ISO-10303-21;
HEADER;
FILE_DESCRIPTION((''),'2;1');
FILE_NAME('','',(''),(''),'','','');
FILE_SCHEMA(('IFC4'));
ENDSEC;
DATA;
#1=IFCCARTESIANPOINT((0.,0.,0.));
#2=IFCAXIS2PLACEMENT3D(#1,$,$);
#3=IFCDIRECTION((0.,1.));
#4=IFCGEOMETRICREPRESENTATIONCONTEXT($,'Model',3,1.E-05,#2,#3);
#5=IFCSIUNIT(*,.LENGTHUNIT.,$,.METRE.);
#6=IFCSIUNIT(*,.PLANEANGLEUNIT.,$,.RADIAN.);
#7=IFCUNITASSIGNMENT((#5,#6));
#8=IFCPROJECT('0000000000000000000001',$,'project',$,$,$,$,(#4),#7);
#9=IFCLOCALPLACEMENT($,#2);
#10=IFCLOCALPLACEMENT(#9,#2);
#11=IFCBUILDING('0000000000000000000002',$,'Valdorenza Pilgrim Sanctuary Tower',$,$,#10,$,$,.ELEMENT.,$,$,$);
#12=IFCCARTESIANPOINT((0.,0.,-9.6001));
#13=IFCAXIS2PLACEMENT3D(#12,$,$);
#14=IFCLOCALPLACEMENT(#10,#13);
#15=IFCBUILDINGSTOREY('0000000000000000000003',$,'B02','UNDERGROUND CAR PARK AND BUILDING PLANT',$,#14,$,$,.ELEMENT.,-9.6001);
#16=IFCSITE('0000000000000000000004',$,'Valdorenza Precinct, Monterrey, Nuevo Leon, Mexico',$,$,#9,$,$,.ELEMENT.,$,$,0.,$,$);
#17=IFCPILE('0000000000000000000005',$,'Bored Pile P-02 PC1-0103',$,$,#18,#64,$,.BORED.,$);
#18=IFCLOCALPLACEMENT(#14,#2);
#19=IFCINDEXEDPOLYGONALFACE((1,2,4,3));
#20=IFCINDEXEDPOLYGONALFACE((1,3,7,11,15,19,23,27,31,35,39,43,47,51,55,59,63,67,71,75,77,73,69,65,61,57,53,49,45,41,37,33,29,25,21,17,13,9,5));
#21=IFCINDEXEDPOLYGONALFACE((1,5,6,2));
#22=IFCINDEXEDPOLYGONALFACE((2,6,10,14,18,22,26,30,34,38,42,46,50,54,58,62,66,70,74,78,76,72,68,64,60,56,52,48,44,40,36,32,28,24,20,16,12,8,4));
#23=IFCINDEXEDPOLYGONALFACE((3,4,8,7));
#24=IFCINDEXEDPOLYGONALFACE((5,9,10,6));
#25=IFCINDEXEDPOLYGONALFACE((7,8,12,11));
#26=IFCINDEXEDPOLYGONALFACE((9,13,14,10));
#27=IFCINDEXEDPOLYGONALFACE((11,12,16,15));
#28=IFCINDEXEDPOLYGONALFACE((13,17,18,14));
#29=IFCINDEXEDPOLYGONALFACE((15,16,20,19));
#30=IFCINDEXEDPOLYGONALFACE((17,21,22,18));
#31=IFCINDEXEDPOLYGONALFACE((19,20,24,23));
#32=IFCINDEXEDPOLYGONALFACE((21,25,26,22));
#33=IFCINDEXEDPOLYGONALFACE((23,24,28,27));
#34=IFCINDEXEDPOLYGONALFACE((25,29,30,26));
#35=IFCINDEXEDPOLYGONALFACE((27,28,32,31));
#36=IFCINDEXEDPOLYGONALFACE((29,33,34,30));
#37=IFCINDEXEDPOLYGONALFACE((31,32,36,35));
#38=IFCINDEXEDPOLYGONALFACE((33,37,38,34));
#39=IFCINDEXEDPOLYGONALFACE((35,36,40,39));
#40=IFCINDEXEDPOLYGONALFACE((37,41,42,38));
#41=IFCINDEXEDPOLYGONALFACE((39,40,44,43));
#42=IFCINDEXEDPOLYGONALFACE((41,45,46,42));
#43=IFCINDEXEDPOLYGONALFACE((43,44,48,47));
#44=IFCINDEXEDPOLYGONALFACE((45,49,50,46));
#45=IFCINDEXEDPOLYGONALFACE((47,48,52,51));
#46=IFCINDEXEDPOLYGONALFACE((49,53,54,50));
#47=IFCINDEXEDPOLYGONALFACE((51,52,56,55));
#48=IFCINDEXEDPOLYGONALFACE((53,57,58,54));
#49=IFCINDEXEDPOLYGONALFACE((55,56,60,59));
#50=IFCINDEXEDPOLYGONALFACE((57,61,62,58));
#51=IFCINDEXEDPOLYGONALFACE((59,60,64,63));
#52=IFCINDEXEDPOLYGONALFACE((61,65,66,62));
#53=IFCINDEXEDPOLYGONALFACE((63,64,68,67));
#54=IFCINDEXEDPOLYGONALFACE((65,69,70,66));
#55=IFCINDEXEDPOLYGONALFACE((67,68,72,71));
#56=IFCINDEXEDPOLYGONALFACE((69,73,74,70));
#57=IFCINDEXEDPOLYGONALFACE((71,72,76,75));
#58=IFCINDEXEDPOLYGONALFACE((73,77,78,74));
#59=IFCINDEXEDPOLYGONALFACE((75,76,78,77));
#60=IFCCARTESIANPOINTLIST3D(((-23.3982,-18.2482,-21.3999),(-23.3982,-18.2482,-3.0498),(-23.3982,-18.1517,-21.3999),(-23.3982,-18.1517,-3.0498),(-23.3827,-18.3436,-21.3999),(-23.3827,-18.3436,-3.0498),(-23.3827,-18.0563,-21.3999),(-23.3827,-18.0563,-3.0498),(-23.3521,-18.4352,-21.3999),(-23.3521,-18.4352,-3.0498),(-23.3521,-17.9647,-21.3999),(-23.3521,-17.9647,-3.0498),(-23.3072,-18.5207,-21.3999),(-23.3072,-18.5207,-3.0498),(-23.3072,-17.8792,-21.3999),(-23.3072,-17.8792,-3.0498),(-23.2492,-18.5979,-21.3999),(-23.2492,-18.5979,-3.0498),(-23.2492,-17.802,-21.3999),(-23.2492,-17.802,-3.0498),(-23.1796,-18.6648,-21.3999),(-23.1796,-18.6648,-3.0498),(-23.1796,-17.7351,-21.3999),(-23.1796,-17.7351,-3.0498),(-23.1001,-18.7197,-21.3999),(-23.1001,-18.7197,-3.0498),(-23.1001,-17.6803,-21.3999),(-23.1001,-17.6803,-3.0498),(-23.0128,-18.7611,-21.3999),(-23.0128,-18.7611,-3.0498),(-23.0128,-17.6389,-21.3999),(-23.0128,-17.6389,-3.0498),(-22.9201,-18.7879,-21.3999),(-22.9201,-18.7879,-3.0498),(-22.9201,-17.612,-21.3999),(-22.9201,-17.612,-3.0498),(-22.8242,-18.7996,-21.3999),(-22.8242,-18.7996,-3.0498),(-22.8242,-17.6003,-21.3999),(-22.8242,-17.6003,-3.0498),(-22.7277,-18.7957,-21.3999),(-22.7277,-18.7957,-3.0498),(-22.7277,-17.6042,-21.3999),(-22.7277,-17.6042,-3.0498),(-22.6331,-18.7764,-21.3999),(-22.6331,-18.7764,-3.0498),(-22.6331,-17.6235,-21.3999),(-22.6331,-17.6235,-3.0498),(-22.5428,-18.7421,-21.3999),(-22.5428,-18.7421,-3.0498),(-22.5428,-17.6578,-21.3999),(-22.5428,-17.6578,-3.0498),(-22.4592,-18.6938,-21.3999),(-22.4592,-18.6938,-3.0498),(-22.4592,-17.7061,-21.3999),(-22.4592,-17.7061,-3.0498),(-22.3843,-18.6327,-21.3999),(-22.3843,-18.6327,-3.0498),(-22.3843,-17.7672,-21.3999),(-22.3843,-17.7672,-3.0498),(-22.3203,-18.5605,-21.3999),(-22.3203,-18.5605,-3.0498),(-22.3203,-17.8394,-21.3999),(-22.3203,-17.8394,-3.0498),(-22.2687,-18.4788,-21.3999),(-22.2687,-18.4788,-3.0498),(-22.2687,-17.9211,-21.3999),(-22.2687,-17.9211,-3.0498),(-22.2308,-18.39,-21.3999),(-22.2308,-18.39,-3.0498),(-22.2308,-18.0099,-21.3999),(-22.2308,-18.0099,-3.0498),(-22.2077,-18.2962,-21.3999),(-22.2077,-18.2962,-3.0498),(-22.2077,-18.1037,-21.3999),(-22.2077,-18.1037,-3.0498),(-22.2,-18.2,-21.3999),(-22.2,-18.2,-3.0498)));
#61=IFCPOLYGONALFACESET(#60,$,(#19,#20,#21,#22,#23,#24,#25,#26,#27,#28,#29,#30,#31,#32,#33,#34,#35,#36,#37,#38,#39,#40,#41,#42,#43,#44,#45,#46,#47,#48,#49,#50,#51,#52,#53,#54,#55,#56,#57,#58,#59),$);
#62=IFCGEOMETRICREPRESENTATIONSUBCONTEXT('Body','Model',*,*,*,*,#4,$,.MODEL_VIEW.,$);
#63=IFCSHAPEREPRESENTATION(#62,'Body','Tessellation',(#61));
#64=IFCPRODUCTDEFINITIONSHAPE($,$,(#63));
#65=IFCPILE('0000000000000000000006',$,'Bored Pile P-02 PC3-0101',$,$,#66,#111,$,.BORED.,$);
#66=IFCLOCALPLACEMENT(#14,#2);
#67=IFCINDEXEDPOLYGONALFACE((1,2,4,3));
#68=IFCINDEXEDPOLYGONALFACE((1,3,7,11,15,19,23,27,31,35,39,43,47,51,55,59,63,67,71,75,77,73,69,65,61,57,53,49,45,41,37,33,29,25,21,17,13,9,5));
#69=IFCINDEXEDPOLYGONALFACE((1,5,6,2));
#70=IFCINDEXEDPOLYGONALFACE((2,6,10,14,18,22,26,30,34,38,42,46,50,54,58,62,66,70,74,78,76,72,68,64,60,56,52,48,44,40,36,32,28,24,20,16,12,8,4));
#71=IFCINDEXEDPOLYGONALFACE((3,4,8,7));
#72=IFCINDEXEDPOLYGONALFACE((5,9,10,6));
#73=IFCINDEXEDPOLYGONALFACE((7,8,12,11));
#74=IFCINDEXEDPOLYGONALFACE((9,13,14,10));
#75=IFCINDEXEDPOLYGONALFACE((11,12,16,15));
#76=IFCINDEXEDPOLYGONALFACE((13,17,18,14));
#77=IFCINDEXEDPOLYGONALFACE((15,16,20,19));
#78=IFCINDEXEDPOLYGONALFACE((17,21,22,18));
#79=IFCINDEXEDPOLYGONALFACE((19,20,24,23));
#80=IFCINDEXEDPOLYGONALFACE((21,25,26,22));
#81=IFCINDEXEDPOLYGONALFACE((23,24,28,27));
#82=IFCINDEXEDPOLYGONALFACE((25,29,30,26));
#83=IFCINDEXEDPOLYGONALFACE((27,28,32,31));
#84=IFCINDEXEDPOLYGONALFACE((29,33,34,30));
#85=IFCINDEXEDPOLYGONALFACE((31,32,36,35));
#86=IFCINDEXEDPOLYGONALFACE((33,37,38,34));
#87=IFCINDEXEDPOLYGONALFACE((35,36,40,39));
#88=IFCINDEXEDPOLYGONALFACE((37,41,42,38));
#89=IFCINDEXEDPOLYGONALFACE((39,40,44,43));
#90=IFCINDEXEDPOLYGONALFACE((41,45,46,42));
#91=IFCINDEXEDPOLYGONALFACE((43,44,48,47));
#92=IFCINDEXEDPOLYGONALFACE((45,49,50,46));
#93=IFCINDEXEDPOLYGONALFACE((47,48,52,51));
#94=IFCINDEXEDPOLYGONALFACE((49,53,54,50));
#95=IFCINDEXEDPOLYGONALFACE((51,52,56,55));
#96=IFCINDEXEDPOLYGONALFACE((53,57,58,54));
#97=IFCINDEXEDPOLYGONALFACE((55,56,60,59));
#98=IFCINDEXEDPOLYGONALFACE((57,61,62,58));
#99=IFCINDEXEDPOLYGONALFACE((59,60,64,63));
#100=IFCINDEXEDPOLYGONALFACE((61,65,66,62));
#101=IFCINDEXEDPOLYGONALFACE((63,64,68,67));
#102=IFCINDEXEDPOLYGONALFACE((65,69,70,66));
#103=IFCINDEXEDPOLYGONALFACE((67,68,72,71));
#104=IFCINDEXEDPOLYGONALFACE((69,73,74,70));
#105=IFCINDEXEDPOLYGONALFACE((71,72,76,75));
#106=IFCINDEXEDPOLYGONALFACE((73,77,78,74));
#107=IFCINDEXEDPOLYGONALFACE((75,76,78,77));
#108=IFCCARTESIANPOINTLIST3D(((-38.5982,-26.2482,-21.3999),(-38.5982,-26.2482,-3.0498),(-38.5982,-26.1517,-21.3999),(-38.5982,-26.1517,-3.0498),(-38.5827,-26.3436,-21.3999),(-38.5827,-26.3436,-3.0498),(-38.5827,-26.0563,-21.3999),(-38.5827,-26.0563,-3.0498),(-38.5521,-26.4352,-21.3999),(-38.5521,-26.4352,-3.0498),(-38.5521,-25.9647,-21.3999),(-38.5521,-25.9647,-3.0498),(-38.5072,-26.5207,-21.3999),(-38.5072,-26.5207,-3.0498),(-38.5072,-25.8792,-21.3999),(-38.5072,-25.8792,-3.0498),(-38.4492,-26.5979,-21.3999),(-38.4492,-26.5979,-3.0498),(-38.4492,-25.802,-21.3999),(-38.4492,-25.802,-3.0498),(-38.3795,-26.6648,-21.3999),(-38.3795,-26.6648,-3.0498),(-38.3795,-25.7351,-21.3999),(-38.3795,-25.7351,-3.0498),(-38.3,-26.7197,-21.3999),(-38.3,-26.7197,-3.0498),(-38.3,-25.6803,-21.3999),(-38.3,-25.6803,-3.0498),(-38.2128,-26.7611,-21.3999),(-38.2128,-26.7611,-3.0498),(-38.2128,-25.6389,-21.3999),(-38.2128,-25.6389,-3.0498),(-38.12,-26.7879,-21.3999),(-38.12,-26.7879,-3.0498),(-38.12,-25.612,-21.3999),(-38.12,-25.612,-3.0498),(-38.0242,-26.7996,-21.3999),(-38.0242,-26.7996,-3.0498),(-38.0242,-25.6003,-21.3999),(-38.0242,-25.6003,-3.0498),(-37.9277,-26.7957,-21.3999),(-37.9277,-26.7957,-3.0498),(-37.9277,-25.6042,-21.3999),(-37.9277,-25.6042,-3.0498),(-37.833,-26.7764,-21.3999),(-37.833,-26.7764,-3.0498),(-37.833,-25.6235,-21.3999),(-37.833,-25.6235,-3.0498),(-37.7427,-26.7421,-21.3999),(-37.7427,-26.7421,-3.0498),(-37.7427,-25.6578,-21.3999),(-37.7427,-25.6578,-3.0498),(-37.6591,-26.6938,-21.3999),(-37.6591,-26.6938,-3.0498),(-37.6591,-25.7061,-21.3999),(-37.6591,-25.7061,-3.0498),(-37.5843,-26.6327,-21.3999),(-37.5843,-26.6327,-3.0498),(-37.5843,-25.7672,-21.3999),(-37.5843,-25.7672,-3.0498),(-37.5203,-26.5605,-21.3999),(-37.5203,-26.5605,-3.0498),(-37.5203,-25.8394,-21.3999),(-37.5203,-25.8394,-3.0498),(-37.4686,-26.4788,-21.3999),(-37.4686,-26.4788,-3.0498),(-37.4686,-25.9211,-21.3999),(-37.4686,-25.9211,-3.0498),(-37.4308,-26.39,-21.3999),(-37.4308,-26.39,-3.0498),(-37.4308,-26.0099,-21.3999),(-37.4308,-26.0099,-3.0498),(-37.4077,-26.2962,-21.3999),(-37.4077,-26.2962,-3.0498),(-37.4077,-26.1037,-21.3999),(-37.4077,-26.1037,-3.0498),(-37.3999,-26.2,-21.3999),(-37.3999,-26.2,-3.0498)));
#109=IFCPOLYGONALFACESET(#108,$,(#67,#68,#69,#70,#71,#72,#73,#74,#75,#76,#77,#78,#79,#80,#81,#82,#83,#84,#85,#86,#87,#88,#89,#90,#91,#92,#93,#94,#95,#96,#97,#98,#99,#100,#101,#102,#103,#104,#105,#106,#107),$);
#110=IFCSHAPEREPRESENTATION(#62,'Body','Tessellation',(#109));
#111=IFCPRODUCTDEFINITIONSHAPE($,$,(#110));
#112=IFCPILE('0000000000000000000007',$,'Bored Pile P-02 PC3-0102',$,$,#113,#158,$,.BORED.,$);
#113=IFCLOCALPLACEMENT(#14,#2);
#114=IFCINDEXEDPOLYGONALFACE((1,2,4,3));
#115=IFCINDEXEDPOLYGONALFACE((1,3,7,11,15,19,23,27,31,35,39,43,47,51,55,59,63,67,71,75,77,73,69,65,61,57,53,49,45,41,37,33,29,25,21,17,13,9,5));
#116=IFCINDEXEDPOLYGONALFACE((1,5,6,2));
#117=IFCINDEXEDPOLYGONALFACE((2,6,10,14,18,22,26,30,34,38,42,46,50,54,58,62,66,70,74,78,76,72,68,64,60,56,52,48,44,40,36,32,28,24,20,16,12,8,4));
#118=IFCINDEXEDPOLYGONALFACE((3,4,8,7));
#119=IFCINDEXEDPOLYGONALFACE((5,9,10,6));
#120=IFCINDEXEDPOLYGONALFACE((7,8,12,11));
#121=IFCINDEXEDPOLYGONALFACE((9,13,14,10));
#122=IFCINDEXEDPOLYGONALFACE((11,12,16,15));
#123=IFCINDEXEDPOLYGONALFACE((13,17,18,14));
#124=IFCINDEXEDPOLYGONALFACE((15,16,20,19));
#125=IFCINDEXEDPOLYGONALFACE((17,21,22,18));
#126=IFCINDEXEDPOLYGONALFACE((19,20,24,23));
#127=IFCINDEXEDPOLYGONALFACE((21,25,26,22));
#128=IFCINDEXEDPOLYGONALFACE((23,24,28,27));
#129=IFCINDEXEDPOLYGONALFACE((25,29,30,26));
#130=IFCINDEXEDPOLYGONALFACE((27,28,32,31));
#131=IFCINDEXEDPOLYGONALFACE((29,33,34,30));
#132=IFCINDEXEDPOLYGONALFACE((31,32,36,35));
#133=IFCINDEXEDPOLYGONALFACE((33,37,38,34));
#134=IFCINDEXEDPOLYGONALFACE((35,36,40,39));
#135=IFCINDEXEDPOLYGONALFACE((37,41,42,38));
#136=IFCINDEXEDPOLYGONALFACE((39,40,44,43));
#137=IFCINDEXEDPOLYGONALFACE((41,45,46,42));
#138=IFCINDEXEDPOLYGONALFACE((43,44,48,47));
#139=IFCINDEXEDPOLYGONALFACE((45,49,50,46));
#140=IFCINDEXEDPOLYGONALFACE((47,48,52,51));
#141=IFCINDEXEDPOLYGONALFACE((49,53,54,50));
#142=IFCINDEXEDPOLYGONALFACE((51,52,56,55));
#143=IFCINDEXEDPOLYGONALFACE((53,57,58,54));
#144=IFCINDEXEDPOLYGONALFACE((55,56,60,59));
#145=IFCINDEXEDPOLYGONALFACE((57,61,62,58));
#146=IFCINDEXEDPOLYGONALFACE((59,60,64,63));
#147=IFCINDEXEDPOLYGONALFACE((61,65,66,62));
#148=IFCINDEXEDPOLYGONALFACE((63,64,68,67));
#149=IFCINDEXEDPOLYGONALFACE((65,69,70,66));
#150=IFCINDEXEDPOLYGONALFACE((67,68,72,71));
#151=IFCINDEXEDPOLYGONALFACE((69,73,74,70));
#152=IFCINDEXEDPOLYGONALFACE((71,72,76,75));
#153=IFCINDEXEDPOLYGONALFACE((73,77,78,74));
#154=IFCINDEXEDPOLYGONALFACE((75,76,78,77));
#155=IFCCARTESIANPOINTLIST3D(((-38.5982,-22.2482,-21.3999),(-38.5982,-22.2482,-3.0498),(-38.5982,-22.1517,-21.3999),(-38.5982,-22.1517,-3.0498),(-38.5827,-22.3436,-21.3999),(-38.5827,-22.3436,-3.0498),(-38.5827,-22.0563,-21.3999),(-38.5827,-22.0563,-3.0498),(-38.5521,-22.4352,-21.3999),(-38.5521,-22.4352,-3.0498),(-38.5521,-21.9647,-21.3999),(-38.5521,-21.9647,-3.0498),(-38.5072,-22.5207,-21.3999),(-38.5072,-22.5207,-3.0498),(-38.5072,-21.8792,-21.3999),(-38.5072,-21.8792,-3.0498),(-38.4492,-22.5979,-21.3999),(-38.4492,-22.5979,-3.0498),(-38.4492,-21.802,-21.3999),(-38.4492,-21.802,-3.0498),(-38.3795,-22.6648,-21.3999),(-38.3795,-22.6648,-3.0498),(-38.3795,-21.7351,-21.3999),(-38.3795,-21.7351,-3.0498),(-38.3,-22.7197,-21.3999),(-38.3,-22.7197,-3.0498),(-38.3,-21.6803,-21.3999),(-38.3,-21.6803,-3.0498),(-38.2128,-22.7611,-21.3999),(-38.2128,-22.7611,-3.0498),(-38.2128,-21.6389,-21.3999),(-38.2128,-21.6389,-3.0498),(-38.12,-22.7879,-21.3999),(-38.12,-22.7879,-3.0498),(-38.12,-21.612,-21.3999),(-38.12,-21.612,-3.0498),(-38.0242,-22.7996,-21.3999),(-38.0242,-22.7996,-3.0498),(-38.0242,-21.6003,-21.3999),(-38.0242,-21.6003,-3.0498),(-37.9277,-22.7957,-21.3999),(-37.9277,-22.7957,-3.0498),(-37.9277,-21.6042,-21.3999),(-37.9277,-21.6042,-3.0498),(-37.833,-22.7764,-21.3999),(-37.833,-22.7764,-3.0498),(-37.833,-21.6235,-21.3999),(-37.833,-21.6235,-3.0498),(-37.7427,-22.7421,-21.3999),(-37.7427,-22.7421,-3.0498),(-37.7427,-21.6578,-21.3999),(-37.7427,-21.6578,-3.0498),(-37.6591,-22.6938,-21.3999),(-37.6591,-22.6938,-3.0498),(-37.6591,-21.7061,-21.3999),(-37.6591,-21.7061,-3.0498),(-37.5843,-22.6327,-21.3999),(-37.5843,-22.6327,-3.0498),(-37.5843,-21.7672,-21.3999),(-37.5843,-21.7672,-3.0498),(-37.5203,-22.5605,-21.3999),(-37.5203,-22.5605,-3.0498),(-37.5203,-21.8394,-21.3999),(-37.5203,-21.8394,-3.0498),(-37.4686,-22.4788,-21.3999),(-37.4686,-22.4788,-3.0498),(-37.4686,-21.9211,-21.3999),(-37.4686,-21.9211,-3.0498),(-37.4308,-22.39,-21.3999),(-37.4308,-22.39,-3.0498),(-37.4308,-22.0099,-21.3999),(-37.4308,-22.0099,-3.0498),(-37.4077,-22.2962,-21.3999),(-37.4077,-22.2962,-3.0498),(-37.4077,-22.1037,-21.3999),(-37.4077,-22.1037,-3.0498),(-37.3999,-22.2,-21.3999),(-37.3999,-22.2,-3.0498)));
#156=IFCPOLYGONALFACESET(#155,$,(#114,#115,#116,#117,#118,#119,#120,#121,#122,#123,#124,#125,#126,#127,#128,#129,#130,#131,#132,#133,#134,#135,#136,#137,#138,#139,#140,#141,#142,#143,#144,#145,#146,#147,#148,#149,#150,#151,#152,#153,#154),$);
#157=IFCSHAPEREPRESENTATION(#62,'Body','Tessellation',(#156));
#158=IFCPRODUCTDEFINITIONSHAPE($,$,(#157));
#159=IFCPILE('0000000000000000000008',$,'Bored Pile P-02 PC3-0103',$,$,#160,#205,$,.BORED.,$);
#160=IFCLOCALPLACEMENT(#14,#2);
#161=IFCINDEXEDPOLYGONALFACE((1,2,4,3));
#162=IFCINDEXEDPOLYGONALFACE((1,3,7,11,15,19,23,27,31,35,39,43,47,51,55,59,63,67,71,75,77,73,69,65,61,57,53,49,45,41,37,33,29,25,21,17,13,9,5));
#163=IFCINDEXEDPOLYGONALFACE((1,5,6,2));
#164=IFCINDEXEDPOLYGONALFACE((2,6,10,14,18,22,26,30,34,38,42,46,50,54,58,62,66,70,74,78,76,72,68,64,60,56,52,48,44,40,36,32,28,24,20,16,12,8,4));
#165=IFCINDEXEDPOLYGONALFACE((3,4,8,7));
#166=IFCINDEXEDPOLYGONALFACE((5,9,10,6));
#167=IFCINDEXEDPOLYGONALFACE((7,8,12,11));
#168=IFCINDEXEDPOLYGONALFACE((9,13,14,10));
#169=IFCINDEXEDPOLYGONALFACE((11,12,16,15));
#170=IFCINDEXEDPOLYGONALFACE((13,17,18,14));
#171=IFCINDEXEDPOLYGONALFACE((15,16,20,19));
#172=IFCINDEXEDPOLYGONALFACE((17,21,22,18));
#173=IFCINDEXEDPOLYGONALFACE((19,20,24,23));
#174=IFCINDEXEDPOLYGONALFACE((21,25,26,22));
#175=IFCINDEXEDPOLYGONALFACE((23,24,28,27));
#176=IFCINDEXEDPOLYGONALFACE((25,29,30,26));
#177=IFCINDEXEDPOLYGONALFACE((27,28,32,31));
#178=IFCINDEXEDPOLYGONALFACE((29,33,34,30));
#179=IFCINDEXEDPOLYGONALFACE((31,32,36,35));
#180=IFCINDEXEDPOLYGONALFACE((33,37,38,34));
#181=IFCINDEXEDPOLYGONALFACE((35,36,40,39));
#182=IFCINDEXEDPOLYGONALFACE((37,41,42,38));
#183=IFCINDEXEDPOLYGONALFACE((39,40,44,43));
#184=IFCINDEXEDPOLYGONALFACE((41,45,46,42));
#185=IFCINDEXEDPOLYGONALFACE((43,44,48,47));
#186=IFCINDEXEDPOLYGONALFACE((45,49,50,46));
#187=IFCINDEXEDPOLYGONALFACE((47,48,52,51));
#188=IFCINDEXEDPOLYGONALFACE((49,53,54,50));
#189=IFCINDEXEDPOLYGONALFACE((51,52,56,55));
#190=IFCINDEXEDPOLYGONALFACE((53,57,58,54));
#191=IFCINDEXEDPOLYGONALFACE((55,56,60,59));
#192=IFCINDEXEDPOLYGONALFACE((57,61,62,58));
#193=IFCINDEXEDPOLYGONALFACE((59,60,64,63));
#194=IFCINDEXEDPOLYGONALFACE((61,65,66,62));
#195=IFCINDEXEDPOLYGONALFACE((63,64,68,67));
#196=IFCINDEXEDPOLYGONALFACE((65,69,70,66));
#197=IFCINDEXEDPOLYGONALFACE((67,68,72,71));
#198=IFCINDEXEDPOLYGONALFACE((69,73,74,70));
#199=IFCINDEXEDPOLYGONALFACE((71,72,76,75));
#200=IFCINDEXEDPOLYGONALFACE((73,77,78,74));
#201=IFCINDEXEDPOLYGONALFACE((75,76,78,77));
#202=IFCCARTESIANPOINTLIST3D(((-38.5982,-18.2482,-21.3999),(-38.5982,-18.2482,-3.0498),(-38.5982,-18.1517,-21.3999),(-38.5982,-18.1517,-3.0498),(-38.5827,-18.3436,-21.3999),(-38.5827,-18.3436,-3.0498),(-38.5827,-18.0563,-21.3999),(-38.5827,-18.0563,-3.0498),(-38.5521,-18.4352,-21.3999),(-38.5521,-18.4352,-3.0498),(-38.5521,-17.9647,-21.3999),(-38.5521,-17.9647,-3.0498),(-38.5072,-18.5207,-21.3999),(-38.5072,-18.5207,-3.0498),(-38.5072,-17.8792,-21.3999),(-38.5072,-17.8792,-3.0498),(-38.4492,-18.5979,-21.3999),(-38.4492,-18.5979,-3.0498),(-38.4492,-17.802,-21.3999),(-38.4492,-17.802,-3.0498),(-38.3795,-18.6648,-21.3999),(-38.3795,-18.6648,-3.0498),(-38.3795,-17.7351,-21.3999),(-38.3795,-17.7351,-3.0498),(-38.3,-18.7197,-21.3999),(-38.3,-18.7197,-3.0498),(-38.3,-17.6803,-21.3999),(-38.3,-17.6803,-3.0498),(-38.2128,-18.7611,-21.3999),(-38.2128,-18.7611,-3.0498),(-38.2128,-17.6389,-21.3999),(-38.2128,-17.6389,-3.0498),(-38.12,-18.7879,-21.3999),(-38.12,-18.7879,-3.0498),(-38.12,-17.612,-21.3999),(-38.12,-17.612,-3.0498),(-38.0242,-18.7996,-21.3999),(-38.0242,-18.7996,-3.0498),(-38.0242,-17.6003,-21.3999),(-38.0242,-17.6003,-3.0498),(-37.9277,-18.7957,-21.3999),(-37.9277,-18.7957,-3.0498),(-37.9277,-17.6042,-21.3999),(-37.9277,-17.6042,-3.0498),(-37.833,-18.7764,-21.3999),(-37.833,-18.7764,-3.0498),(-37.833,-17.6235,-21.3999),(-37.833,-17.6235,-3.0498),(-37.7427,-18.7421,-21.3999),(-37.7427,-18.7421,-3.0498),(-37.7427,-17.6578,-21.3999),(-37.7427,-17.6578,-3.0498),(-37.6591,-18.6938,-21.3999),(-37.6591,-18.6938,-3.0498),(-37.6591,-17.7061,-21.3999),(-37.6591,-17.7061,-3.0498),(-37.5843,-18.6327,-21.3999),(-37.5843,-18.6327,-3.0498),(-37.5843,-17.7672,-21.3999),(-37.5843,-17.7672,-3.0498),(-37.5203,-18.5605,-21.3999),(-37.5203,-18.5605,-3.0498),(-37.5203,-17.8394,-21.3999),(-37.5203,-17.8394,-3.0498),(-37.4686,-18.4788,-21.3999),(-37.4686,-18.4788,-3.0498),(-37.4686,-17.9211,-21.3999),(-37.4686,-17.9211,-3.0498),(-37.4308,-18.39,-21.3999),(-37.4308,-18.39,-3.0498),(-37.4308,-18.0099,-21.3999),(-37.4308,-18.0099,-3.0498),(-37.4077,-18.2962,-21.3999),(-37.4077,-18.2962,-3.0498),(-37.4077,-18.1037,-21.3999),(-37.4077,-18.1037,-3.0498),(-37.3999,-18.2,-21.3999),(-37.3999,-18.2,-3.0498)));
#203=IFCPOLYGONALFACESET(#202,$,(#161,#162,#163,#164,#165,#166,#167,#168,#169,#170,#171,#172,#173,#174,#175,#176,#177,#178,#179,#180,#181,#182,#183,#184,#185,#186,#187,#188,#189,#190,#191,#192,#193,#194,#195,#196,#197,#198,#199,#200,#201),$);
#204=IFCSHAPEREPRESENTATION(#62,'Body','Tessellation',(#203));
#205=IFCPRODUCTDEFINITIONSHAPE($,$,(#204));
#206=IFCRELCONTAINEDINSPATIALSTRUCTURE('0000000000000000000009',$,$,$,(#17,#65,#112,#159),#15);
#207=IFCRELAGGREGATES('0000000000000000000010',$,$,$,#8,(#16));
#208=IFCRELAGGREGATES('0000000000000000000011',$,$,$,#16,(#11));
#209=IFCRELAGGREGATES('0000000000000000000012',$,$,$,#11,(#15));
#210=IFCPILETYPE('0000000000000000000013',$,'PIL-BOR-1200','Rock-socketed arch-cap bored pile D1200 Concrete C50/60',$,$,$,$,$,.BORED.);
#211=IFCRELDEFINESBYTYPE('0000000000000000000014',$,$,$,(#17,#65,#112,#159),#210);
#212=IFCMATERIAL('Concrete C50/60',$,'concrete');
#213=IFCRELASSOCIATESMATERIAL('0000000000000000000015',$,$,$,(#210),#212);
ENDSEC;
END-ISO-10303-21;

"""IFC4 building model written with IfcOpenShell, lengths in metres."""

from ifc_helpers import new_model, si_unit, direction, frame, origin, origin_2d, place, context, subcontext, project, spatial, circle, extrude, source, transform, mapped, material, material_profile, profile_set, type_object, element, save


model = new_model("IFC4")

# Units and contexts
model_context = context("Model", 3, precision=1e-05, world=origin(), true_north=direction((0.0, 1.0)))
body_context = subcontext(model_context, "Body", "Model", "MODEL_VIEW")
ifc_project = project(units=[si_unit("LENGTHUNIT", "METRE"), si_unit("PLANEANGLEUNIT", "RADIAN")], contexts=[model_context])

# Site, building, storey
site_placement = place(None, origin())
site = spatial("IfcSite", under=ifc_project, at=site_placement, Name="Valdorenza Precinct, Monterrey, Nuevo Leon, Mexico", CompositionType="ELEMENT", RefElevation=0.0)
building_placement = place(site_placement, origin())
building = spatial("IfcBuilding", under=site, at=building_placement, Name="Valdorenza Pilgrim Sanctuary Tower", CompositionType="ELEMENT")
storey_placement = place(building_placement, frame((0.0, 0.0, -9.6001)))
storey = spatial("IfcBuildingStorey", under=building, at=storey_placement, Name="B02", Description="UNDERGROUND CAR PARK AND BUILDING PLANT", CompositionType="ELEMENT", Elevation=-9.6001)

# Shared definitions
ifc_material_1 = material(Name="Concrete C50/60", Category="concrete")

# Piles
ifc_material_profile_1 = material_profile(ifc_material_1, circle(Radius=0.6001, at=origin_2d()), Name="BORED PILE 1200")
ifc_profile_set_1 = profile_set([ifc_material_profile_1], Name="Concrete C50/60")
pile_type_1 = type_object("IfcPileType", Name="PIL-BOR-1200", Description="Rock-socketed arch-cap bored pile D1200 Concrete C50/60", PredefinedType="BORED", material=ifc_profile_set_1)
shared_shape_1 = source(origin(), body_context, "Body", "SweptSolid", [
    extrude(circle(Radius=0.6001, at=origin_2d()), origin(), (0.0, 0.0, 1.0), 18.3501),
])
for number, where, z_axis, x_axis, name in (
    (1, (-22.8, -18.2, -3.0498), (0.0, 0.0, -1.0), (1.0, 0.0, 0.0), "Bored Pile P-02 PC1-0103"),
    (2, (-38.0, -26.2, -3.0498), (0.0, 0.0, -1.0), (1.0, 0.0, 0.0), "Bored Pile P-02 PC3-0101"),
    (3, (-38.0, -22.2, -3.0498), (0.0, 0.0, -1.0), (1.0, 0.0, 0.0), "Bored Pile P-02 PC3-0102"),
    (4, (-38.0, -18.2, -3.0498), (0.0, 0.0, -1.0), (1.0, 0.0, 0.0), "Bored Pile P-02 PC3-0103"),
):
    element("IfcPile", number, at=place(storey_placement, frame(where, z_axis=z_axis, x_axis=x_axis)), inside=storey, type_object=pile_type_1, Name=name, PredefinedType="BORED", context=body_context, shape_type="MappedRepresentation", body=[
        mapped(shared_shape_1, transform((0.0, 0.0, 0.0), x_axis=(1.0, 0.0, 0.0), y_axis=(0.0, 1.0, 0.0), z_axis=(0.0, 0.0, 1.0), scale=1.0)),
    ])

save(model, "model.ifc")
